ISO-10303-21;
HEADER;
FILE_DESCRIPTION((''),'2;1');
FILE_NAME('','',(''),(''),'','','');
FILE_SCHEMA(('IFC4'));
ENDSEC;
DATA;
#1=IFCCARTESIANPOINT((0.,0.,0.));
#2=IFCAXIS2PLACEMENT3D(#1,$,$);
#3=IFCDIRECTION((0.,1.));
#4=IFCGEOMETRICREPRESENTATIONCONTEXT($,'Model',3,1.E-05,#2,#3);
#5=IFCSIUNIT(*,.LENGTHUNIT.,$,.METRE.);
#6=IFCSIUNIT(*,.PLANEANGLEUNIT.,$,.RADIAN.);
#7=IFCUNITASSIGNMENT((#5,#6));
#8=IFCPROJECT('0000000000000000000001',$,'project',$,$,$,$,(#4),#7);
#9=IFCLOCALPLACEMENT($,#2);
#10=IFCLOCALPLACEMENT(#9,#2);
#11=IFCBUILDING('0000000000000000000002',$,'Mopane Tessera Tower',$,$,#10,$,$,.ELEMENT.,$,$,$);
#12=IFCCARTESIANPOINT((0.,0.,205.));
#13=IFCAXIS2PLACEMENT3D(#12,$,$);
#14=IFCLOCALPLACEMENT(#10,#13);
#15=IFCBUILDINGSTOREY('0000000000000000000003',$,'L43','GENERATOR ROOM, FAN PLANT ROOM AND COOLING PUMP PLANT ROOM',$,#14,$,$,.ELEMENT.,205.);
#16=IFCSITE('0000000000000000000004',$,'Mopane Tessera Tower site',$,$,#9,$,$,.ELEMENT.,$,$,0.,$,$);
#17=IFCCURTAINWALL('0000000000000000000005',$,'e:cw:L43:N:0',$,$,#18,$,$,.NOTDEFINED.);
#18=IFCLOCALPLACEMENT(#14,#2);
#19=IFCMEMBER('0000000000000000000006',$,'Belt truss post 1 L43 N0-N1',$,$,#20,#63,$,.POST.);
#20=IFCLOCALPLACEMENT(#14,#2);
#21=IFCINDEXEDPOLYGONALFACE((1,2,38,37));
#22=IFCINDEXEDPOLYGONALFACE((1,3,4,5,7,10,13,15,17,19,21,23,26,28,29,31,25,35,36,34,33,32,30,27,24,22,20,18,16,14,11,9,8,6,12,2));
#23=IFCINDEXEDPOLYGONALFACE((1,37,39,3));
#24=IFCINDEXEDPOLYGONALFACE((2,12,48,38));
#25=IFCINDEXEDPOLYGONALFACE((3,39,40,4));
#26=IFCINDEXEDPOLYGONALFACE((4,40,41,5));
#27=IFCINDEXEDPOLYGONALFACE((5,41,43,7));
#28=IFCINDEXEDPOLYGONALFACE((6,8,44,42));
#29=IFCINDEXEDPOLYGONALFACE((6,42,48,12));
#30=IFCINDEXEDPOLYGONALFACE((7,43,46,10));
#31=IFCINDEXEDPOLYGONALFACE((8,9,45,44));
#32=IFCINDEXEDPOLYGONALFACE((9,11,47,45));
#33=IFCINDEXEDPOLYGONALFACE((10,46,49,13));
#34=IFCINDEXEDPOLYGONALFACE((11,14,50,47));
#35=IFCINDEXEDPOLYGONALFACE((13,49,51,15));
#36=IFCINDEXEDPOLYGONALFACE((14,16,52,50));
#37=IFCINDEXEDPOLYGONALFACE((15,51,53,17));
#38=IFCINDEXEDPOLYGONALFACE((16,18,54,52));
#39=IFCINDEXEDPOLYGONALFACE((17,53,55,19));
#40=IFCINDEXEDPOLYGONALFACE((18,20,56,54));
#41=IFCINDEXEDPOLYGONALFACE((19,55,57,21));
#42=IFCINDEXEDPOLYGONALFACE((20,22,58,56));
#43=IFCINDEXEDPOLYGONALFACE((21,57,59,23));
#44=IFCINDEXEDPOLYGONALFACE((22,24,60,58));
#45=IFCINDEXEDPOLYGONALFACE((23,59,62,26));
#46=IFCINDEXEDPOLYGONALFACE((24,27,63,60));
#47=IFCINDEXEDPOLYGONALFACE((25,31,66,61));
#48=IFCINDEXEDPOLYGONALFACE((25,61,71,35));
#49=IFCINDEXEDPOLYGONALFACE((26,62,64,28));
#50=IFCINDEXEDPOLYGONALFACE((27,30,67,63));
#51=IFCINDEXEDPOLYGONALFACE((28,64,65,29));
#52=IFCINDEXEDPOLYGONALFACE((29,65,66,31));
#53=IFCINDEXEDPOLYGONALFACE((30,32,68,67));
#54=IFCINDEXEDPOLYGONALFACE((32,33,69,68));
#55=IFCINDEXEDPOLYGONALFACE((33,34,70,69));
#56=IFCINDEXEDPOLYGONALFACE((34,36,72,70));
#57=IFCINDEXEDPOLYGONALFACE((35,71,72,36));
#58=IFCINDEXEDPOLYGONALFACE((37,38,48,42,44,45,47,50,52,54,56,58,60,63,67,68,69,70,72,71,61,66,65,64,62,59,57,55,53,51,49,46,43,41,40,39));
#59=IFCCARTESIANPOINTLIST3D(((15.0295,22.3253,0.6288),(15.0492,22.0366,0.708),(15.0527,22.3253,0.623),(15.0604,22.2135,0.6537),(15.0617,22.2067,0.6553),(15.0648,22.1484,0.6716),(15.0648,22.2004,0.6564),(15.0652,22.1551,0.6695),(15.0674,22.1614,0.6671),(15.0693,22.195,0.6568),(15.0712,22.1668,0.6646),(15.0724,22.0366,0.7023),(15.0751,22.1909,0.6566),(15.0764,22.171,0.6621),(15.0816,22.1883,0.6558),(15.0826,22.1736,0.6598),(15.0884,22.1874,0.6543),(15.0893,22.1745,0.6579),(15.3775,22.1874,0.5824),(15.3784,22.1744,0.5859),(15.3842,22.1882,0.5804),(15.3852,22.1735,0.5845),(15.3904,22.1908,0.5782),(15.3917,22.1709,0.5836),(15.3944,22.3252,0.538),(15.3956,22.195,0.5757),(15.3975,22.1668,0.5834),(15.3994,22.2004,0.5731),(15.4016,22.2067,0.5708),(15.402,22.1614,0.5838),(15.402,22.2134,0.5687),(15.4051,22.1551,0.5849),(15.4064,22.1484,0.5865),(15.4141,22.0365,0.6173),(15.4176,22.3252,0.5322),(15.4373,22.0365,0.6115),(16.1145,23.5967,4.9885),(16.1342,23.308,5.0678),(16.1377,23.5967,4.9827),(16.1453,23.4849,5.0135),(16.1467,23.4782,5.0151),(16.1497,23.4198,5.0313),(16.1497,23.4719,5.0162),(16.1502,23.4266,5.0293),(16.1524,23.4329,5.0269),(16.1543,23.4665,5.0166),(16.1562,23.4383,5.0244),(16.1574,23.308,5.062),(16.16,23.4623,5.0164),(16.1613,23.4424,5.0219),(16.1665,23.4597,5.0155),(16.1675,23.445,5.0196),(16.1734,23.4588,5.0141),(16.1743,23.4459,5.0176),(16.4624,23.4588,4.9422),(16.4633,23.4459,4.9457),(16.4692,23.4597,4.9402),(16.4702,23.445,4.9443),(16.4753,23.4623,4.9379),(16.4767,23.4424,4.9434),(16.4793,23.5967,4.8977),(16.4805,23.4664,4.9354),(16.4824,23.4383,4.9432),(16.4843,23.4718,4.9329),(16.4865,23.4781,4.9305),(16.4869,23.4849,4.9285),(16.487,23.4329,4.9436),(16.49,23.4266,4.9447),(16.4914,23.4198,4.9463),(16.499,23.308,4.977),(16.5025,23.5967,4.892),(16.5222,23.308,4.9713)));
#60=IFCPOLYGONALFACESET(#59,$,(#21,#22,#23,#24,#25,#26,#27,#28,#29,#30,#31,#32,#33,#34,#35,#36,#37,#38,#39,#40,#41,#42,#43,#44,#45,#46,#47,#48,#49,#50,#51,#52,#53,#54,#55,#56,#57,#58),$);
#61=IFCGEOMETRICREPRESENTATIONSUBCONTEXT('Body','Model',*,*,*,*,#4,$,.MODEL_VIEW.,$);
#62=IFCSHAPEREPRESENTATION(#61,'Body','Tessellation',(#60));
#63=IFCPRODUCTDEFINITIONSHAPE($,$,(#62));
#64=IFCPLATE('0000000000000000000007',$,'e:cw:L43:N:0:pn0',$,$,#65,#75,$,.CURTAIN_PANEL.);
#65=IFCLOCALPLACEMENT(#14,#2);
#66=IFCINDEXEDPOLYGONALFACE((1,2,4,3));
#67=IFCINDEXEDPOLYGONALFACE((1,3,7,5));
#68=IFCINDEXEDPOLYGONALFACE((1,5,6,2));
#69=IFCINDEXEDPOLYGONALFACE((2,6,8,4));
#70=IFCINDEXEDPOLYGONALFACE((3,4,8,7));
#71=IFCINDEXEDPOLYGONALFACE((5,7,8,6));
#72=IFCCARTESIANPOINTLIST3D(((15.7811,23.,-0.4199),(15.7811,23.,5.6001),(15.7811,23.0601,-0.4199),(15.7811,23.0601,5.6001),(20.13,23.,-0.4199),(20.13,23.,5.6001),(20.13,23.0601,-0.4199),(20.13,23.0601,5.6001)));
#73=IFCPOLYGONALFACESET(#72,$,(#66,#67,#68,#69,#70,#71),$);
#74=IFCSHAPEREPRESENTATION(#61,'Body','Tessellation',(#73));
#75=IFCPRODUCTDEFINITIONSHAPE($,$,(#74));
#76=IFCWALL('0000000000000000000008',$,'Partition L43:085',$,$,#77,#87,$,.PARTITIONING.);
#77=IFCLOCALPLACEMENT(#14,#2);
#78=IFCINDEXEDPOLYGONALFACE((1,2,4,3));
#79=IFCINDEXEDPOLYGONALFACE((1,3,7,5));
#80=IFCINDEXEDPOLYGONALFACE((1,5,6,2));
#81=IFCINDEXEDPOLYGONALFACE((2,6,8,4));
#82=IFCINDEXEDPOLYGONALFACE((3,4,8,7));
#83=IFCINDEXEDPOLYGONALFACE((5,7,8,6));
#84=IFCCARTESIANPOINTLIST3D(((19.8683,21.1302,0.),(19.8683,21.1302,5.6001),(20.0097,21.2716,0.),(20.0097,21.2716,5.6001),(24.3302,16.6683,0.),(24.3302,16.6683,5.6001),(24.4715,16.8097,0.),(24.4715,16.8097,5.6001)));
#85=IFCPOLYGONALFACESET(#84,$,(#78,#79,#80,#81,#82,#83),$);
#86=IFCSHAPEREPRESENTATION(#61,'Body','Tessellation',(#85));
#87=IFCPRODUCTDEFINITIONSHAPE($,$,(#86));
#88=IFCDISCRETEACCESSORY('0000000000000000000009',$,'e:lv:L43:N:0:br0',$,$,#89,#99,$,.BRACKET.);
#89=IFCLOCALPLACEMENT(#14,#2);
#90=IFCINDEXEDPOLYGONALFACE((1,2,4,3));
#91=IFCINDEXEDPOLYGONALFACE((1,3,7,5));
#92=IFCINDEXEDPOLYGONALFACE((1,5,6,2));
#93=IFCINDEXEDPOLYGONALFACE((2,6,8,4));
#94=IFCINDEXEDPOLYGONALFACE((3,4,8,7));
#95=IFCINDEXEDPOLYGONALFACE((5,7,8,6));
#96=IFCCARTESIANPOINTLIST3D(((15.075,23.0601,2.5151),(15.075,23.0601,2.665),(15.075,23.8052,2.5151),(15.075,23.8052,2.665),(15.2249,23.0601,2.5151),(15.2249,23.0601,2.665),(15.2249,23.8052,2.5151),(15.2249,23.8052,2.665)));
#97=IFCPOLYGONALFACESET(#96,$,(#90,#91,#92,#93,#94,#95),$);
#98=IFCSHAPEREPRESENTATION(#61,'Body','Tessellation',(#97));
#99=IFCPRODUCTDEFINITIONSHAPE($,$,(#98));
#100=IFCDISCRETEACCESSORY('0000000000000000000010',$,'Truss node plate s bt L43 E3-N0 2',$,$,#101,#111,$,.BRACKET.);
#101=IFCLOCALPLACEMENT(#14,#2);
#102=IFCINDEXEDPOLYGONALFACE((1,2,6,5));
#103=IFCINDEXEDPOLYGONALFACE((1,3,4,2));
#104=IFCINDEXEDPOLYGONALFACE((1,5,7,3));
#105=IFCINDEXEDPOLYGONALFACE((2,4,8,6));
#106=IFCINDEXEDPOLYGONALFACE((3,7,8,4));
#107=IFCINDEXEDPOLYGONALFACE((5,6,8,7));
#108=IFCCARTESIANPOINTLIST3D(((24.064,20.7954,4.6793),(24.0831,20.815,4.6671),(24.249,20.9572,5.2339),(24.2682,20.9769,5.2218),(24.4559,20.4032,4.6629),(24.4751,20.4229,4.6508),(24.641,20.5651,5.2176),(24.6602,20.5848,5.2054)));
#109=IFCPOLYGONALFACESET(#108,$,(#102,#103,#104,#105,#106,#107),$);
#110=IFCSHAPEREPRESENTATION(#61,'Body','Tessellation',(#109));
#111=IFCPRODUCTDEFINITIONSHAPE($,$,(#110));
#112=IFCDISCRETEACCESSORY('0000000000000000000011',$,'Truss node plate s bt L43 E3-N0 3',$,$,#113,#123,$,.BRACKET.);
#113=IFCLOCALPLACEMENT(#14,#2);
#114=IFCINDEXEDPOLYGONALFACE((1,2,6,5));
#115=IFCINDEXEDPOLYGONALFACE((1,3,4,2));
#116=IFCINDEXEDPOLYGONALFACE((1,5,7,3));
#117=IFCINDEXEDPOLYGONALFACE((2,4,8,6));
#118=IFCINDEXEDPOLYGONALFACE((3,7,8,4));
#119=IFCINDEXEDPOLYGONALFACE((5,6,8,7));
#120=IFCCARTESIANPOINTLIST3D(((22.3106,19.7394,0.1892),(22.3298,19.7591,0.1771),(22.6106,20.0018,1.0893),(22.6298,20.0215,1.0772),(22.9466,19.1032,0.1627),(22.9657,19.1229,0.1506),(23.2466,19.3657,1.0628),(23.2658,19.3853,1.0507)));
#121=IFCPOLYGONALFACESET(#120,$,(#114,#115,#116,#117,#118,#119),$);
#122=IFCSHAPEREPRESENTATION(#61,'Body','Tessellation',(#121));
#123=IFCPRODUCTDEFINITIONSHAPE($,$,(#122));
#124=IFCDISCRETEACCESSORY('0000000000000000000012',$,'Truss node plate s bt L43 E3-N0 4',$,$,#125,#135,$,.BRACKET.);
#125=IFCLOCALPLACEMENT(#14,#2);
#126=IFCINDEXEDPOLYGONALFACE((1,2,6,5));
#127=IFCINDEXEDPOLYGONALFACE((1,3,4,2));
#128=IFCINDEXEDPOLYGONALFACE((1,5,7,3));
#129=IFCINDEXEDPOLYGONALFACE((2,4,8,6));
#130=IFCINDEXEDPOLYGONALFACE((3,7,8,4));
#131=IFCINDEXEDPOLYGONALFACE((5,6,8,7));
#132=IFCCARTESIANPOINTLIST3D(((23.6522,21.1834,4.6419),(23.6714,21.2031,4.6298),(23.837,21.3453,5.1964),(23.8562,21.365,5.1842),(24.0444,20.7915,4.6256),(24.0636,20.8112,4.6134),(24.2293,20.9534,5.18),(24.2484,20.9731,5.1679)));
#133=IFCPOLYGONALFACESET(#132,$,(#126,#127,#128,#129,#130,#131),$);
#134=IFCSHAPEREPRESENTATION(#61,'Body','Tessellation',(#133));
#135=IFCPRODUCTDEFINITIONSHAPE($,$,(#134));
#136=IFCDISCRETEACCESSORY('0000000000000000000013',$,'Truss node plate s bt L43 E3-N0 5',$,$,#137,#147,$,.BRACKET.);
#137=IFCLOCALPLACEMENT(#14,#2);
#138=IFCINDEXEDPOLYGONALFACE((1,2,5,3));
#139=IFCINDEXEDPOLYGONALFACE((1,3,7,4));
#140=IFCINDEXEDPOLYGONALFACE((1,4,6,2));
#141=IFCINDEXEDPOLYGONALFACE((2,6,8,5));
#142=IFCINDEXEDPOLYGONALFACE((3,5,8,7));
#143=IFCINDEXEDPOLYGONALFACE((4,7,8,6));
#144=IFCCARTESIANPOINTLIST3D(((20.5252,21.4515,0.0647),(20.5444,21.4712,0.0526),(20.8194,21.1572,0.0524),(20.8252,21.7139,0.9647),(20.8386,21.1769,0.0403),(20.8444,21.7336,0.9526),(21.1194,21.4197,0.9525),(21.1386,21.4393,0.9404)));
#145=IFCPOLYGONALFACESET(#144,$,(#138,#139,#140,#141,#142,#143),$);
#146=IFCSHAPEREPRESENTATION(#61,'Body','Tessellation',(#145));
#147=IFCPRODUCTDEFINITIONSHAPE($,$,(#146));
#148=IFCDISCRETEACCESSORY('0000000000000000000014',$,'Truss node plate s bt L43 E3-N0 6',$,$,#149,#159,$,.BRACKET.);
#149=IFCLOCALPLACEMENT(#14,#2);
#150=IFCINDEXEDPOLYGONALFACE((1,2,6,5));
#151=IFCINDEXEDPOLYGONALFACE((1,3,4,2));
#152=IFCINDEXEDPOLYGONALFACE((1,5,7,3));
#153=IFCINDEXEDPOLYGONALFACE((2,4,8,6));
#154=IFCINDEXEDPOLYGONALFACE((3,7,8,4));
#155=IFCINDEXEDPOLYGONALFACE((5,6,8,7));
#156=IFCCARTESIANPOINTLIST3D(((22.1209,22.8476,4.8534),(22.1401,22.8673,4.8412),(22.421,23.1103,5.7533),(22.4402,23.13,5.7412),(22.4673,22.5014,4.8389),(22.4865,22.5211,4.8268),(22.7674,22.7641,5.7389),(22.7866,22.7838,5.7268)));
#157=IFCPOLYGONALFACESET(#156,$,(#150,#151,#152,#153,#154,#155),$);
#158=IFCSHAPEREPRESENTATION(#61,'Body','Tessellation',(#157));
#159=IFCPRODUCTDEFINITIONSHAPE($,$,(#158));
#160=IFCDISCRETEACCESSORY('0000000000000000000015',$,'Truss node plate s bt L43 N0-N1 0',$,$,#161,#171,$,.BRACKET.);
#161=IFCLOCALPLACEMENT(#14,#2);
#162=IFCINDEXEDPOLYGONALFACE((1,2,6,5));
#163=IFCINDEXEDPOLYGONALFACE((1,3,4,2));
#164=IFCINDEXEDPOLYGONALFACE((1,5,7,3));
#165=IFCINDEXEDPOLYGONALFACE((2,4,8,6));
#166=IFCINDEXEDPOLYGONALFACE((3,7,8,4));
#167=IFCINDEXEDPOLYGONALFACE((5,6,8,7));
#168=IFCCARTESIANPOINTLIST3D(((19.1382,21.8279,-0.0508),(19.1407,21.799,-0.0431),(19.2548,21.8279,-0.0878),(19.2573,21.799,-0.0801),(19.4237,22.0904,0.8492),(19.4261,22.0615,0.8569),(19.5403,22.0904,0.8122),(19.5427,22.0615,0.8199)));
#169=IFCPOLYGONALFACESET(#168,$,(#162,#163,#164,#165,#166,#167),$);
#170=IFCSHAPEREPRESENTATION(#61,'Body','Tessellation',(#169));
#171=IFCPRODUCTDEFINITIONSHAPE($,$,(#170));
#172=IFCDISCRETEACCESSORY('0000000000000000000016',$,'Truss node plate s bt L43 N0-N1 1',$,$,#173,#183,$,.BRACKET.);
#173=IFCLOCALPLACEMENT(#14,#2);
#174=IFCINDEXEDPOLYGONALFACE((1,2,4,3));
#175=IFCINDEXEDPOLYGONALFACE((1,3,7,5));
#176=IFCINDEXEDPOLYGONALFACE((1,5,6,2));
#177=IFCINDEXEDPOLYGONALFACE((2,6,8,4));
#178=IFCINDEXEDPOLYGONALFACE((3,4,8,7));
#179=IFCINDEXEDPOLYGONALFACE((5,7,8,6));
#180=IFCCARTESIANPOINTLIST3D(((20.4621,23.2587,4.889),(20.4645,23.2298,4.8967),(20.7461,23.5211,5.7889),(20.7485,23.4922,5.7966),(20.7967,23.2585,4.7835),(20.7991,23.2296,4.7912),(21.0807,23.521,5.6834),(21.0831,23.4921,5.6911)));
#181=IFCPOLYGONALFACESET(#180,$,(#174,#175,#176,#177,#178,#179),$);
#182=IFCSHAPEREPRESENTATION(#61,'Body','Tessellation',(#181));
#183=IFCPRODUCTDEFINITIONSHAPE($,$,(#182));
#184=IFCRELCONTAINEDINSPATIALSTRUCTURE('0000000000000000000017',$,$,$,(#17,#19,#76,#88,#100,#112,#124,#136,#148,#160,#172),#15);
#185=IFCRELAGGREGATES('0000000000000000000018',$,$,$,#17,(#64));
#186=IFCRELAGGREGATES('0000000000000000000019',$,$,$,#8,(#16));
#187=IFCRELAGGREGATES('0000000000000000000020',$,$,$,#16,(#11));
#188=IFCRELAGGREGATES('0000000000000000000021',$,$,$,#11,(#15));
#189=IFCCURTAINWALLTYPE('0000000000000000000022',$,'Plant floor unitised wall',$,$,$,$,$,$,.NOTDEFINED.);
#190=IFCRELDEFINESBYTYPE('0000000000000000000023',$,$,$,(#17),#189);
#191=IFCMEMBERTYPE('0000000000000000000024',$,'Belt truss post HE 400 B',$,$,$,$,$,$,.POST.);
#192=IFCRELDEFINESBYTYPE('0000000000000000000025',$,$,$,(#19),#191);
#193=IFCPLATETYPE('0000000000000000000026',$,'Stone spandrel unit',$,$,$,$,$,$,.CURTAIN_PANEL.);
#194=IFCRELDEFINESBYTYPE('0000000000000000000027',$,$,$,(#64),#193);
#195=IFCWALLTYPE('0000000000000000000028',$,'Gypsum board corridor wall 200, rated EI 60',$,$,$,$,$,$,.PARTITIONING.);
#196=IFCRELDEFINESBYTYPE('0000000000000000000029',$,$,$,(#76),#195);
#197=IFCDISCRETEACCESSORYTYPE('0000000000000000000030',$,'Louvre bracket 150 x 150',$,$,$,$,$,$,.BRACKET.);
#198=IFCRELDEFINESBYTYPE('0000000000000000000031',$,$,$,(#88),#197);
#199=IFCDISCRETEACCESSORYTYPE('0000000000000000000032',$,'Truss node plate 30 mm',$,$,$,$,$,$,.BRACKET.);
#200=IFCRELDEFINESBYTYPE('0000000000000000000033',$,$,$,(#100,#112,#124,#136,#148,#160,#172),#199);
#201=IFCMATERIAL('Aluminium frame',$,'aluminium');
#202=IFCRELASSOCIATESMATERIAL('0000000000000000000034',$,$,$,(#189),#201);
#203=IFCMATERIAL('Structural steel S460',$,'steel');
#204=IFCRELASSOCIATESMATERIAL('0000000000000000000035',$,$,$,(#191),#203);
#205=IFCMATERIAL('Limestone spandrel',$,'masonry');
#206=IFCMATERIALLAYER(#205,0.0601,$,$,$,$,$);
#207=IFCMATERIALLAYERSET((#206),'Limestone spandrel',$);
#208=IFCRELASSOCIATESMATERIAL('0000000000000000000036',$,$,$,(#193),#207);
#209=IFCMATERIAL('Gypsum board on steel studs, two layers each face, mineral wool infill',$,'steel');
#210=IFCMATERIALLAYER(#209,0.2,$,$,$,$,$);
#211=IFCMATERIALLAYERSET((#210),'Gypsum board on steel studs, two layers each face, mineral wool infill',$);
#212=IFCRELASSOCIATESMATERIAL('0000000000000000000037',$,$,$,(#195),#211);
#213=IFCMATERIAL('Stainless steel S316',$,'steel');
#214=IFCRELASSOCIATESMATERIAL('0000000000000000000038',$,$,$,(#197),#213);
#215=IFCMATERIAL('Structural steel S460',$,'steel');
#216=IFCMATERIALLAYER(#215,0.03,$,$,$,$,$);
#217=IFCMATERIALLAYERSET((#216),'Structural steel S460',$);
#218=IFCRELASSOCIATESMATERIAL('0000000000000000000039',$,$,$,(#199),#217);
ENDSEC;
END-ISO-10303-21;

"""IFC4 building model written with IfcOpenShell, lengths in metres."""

from ifc_helpers import new_model, si_unit, direction, frame, frame_2d, origin, origin_2d, place, context, subcontext, project, spatial, rectangle, i_section, extrude, material, layer, layer_set, material_profile, profile_set, type_object, element, aggregate, save


model = new_model("IFC4")

# Units and contexts
model_context = context("Model", 3, precision=1e-05, world=origin(), true_north=direction((0.0, 1.0)))
body_context = subcontext(model_context, "Body", "Model", "MODEL_VIEW")
ifc_project = project(units=[si_unit("LENGTHUNIT", "METRE"), si_unit("PLANEANGLEUNIT", "RADIAN")], contexts=[model_context])

# Site, building, storey
site_placement = place(None, origin())
site = spatial("IfcSite", under=ifc_project, at=site_placement, Name="Mopane Tessera Tower site", CompositionType="ELEMENT", RefElevation=0.0)
building_placement = place(site_placement, origin())
building = spatial("IfcBuilding", under=site, at=building_placement, Name="Mopane Tessera Tower", CompositionType="ELEMENT")
storey_placement = place(building_placement, frame((0.0, 0.0, 205.0)))
storey = spatial("IfcBuildingStorey", under=building, at=storey_placement, Name="L43", Description="GENERATOR ROOM, FAN PLANT ROOM AND COOLING PUMP PLANT ROOM", CompositionType="ELEMENT", Elevation=205.0)

# Curtain wall
ifc_material_1 = material(Name="Aluminium frame", Category="aluminium")
curtain_wall_type = type_object("IfcCurtainWallType", Name="Plant floor unitised wall", PredefinedType="NOTDEFINED", material=ifc_material_1)
curtain_wall_placement = place(storey_placement, origin())
curtain_wall = element("IfcCurtainWall", 1, at=curtain_wall_placement, inside=storey, type_object=curtain_wall_type, Name="e:cw:L43:N:0", PredefinedType="NOTDEFINED")

# Member
ifc_material_2 = material(Name="Structural steel S460", Category="steel")
ifc_material_profile_1 = material_profile(ifc_material_2, i_section(OverallWidth=0.3, OverallDepth=0.3999, WebThickness=0.0134, FlangeThickness=0.0239, FilletRadius=0.0271, at=origin_2d()))
ifc_profile_set_1 = profile_set([ifc_material_profile_1], Name="Structural steel S460")
member_type_1 = type_object("IfcMemberType", Name="Belt truss post HE 400 B", PredefinedType="POST", material=ifc_profile_set_1)
member_1_placement = place(storey_placement, frame((15.2334, 22.1809, 0.6201), z_axis=(0.232361, 0.272308, 0.933733), x_axis=(0.065662, -0.96221, 0.264273)))
element("IfcMember", 2, at=member_1_placement, inside=storey, type_object=member_type_1, Name="Belt truss post 1 L43 N0-N1", PredefinedType="POST", context=body_context, shape_type="SweptSolid", body=[
    extrude(i_section(OverallWidth=0.3, OverallDepth=0.3999, WebThickness=0.0134, FlangeThickness=0.0239, FilletRadius=0.0271, at=origin_2d()), origin(), (0.0, 0.0, 1.0), 4.6692),
])

# Plate
ifc_material_3 = material(Name="Limestone spandrel", Category="masonry")
ifc_layer_1 = layer(ifc_material_3, 0.0601)
ifc_layer_set_1 = layer_set([ifc_layer_1], Name="Limestone spandrel")
plate_type = type_object("IfcPlateType", Name="Stone spandrel unit", PredefinedType="CURTAIN_PANEL", material=ifc_layer_set_1)
plate_placement = place(storey_placement, frame((17.9556, 23.03, -0.4199), z_axis=(0.0, 0.0, 1.0), x_axis=(-1.0, 0.0, 0.0)))
plate = element("IfcPlate", 3, at=plate_placement, type_object=plate_type, Name="e:cw:L43:N:0:pn0", PredefinedType="CURTAIN_PANEL", context=body_context, shape_type="SweptSolid", body=[
    extrude(rectangle(XDim=4.3489, YDim=0.0601, at=origin_2d()), origin(), (0.0, 0.0, 1.0), 6.02),
])
aggregate(curtain_wall, [plate])

# Wall
ifc_material_4 = material(Name="Gypsum board on steel studs, two layers each face, mineral wool infill", Category="steel")
ifc_layer_2 = layer(ifc_material_4, 0.2)
ifc_layer_set_2 = layer_set([ifc_layer_2], Name="Gypsum board on steel studs, two layers each face, mineral wool infill")
wall_type = type_object("IfcWallType", Name="Gypsum board corridor wall 200, rated EI 60", PredefinedType="PARTITIONING", material=ifc_layer_set_2)
wall_placement = place(storey_placement, frame((19.939, 21.2009, 0.0), z_axis=(0.0, 0.0, 1.0), x_axis=(0.707107, -0.707107, 0.0)))
element("IfcWall", 4, at=wall_placement, inside=storey, type_object=wall_type, Name="Partition L43:085", PredefinedType="PARTITIONING", context=body_context, shape_type="SweptSolid", body=[
    extrude(rectangle(XDim=6.3101, YDim=0.2, at=frame_2d((3.155, 0.0))), origin(), (0.0, 0.0, 1.0), 5.6001),
])

# Discrete accessories
ifc_material_5 = material(Name="Stainless steel S316", Category="steel")
discrete_accessory_type_1 = type_object("IfcDiscreteAccessoryType", Name="Louvre bracket 150 x 150", PredefinedType="BRACKET", material=ifc_material_5)
discrete_accessory_1_placement = place(storey_placement, frame((15.1499, 23.4326, 2.5151), z_axis=(0.0, 0.0, 1.0), x_axis=(0.0, 1.0, 0.0)))
element("IfcDiscreteAccessory", 5, at=discrete_accessory_1_placement, inside=storey, type_object=discrete_accessory_type_1, Name="e:lv:L43:N:0:br0", PredefinedType="BRACKET", context=body_context, shape_type="SweptSolid", body=[
    extrude(rectangle(XDim=0.7451, YDim=0.1499, at=origin_2d()), origin(), (0.0, 0.0, 1.0), 0.1499),
])
ifc_material_6 = material(Name="Structural steel S460", Category="steel")
ifc_layer_3 = layer(ifc_material_6, 0.03)
ifc_layer_set_3 = layer_set([ifc_layer_3], Name="Structural steel S460")
discrete_accessory_type_2 = type_object("IfcDiscreteAccessoryType", Name="Truss node plate 30 mm", PredefinedType="BRACKET", material=ifc_layer_set_3)
discrete_accessory_2_placement = place(storey_placement, frame((24.2695, 20.6091, 4.665), z_axis=(0.305008, 0.266782, 0.91422), x_axis=(-0.638435, -0.655032, 0.404146)))
element("IfcDiscreteAccessory", 6, at=discrete_accessory_2_placement, inside=storey, type_object=discrete_accessory_type_2, Name="Truss node plate s bt L43 E3-N0 2", PredefinedType="BRACKET", context=body_context, shape_type="SweptSolid", body=[
    extrude(rectangle(XDim=0.03, YDim=0.5547, at=origin_2d()), origin(), (0.0, 0.0, 1.0), 0.6067),
])
discrete_accessory_3_placement = place(storey_placement, frame((22.6382, 19.4312, 0.1699), z_axis=(0.304783, 0.266592, 0.91435), x_axis=(-0.638523, -0.655127, 0.403853)))
element("IfcDiscreteAccessory", 7, at=discrete_accessory_3_placement, inside=storey, type_object=discrete_accessory_type_2, Name="Truss node plate s bt L43 E3-N0 3", PredefinedType="BRACKET", context=body_context, shape_type="SweptSolid", body=[
    extrude(rectangle(XDim=0.03, YDim=0.8999, at=origin_2d()), origin(), (0.0, 0.0, 1.0), 0.9844),
])
discrete_accessory_4_placement = place(storey_placement, frame((23.8579, 20.9973, 4.6277), z_axis=(0.304755, 0.266912, 0.914266), x_axis=(-0.63804, -0.65548, 0.404042)))
element("IfcDiscreteAccessory", 8, at=discrete_accessory_4_placement, inside=storey, type_object=discrete_accessory_type_2, Name="Truss node plate s bt L43 E3-N0 4", PredefinedType="BRACKET", context=body_context, shape_type="SweptSolid", body=[
    extrude(rectangle(XDim=0.03, YDim=0.5547, at=origin_2d()), origin(), (0.0, 0.0, 1.0), 0.6064),
])
discrete_accessory_5_placement = place(storey_placement, frame((20.6819, 21.3142, 0.0525), z_axis=(0.304783, 0.266592, 0.91435), x_axis=(-0.638523, -0.655127, 0.403853)))
element("IfcDiscreteAccessory", 9, at=discrete_accessory_5_placement, inside=storey, type_object=discrete_accessory_type_2, Name="Truss node plate s bt L43 E3-N0 5", PredefinedType="BRACKET", context=body_context, shape_type="SweptSolid", body=[
    extrude(rectangle(XDim=0.03, YDim=0.4163, at=origin_2d()), origin(), (0.0, 0.0, 1.0), 0.9844),
])
discrete_accessory_6_placement = place(storey_placement, frame((22.3037, 22.6843, 4.8401), z_axis=(0.304832, 0.266883, 0.914249), x_axis=(-0.638145, -0.655354, 0.404081)))
element("IfcDiscreteAccessory", 10, at=discrete_accessory_6_placement, inside=storey, type_object=discrete_accessory_type_2, Name="Truss node plate s bt L43 E3-N0 6", PredefinedType="BRACKET", context=body_context, shape_type="SweptSolid", body=[
    extrude(rectangle(XDim=0.03, YDim=0.49, at=origin_2d()), origin(), (0.0, 0.0, 1.0), 0.9844),
])
discrete_accessory_7_placement = place(storey_placement, frame((19.1978, 21.8135, -0.0654), z_axis=(0.291262, 0.267841, 0.918383), x_axis=(0.080925, -0.963463, 0.255323)))
element("IfcDiscreteAccessory", 11, at=discrete_accessory_7_placement, inside=storey, type_object=discrete_accessory_type_2, Name="Truss node plate s bt L43 N0-N1 0", PredefinedType="BRACKET", context=body_context, shape_type="SweptSolid", body=[
    extrude(rectangle(XDim=0.03, YDim=0.1223, at=origin_2d()), origin(), (0.0, 0.0, 1.0), 0.98),
])
discrete_accessory_8_placement = place(storey_placement, frame((20.6306, 23.2441, 4.8401), z_axis=(0.289893, 0.267957, 0.918782), x_axis=(0.08018, -0.963431, 0.255681)))
element("IfcDiscreteAccessory", 12, at=discrete_accessory_8_placement, inside=storey, type_object=discrete_accessory_type_2, Name="Truss node plate s bt L43 N0-N1 1", PredefinedType="BRACKET", context=body_context, shape_type="SweptSolid", body=[
    extrude(rectangle(XDim=0.03, YDim=0.3508, at=origin_2d()), origin(), (0.0, 0.0, 1.0), 0.9795),
])

save(model, "model.ifc")
